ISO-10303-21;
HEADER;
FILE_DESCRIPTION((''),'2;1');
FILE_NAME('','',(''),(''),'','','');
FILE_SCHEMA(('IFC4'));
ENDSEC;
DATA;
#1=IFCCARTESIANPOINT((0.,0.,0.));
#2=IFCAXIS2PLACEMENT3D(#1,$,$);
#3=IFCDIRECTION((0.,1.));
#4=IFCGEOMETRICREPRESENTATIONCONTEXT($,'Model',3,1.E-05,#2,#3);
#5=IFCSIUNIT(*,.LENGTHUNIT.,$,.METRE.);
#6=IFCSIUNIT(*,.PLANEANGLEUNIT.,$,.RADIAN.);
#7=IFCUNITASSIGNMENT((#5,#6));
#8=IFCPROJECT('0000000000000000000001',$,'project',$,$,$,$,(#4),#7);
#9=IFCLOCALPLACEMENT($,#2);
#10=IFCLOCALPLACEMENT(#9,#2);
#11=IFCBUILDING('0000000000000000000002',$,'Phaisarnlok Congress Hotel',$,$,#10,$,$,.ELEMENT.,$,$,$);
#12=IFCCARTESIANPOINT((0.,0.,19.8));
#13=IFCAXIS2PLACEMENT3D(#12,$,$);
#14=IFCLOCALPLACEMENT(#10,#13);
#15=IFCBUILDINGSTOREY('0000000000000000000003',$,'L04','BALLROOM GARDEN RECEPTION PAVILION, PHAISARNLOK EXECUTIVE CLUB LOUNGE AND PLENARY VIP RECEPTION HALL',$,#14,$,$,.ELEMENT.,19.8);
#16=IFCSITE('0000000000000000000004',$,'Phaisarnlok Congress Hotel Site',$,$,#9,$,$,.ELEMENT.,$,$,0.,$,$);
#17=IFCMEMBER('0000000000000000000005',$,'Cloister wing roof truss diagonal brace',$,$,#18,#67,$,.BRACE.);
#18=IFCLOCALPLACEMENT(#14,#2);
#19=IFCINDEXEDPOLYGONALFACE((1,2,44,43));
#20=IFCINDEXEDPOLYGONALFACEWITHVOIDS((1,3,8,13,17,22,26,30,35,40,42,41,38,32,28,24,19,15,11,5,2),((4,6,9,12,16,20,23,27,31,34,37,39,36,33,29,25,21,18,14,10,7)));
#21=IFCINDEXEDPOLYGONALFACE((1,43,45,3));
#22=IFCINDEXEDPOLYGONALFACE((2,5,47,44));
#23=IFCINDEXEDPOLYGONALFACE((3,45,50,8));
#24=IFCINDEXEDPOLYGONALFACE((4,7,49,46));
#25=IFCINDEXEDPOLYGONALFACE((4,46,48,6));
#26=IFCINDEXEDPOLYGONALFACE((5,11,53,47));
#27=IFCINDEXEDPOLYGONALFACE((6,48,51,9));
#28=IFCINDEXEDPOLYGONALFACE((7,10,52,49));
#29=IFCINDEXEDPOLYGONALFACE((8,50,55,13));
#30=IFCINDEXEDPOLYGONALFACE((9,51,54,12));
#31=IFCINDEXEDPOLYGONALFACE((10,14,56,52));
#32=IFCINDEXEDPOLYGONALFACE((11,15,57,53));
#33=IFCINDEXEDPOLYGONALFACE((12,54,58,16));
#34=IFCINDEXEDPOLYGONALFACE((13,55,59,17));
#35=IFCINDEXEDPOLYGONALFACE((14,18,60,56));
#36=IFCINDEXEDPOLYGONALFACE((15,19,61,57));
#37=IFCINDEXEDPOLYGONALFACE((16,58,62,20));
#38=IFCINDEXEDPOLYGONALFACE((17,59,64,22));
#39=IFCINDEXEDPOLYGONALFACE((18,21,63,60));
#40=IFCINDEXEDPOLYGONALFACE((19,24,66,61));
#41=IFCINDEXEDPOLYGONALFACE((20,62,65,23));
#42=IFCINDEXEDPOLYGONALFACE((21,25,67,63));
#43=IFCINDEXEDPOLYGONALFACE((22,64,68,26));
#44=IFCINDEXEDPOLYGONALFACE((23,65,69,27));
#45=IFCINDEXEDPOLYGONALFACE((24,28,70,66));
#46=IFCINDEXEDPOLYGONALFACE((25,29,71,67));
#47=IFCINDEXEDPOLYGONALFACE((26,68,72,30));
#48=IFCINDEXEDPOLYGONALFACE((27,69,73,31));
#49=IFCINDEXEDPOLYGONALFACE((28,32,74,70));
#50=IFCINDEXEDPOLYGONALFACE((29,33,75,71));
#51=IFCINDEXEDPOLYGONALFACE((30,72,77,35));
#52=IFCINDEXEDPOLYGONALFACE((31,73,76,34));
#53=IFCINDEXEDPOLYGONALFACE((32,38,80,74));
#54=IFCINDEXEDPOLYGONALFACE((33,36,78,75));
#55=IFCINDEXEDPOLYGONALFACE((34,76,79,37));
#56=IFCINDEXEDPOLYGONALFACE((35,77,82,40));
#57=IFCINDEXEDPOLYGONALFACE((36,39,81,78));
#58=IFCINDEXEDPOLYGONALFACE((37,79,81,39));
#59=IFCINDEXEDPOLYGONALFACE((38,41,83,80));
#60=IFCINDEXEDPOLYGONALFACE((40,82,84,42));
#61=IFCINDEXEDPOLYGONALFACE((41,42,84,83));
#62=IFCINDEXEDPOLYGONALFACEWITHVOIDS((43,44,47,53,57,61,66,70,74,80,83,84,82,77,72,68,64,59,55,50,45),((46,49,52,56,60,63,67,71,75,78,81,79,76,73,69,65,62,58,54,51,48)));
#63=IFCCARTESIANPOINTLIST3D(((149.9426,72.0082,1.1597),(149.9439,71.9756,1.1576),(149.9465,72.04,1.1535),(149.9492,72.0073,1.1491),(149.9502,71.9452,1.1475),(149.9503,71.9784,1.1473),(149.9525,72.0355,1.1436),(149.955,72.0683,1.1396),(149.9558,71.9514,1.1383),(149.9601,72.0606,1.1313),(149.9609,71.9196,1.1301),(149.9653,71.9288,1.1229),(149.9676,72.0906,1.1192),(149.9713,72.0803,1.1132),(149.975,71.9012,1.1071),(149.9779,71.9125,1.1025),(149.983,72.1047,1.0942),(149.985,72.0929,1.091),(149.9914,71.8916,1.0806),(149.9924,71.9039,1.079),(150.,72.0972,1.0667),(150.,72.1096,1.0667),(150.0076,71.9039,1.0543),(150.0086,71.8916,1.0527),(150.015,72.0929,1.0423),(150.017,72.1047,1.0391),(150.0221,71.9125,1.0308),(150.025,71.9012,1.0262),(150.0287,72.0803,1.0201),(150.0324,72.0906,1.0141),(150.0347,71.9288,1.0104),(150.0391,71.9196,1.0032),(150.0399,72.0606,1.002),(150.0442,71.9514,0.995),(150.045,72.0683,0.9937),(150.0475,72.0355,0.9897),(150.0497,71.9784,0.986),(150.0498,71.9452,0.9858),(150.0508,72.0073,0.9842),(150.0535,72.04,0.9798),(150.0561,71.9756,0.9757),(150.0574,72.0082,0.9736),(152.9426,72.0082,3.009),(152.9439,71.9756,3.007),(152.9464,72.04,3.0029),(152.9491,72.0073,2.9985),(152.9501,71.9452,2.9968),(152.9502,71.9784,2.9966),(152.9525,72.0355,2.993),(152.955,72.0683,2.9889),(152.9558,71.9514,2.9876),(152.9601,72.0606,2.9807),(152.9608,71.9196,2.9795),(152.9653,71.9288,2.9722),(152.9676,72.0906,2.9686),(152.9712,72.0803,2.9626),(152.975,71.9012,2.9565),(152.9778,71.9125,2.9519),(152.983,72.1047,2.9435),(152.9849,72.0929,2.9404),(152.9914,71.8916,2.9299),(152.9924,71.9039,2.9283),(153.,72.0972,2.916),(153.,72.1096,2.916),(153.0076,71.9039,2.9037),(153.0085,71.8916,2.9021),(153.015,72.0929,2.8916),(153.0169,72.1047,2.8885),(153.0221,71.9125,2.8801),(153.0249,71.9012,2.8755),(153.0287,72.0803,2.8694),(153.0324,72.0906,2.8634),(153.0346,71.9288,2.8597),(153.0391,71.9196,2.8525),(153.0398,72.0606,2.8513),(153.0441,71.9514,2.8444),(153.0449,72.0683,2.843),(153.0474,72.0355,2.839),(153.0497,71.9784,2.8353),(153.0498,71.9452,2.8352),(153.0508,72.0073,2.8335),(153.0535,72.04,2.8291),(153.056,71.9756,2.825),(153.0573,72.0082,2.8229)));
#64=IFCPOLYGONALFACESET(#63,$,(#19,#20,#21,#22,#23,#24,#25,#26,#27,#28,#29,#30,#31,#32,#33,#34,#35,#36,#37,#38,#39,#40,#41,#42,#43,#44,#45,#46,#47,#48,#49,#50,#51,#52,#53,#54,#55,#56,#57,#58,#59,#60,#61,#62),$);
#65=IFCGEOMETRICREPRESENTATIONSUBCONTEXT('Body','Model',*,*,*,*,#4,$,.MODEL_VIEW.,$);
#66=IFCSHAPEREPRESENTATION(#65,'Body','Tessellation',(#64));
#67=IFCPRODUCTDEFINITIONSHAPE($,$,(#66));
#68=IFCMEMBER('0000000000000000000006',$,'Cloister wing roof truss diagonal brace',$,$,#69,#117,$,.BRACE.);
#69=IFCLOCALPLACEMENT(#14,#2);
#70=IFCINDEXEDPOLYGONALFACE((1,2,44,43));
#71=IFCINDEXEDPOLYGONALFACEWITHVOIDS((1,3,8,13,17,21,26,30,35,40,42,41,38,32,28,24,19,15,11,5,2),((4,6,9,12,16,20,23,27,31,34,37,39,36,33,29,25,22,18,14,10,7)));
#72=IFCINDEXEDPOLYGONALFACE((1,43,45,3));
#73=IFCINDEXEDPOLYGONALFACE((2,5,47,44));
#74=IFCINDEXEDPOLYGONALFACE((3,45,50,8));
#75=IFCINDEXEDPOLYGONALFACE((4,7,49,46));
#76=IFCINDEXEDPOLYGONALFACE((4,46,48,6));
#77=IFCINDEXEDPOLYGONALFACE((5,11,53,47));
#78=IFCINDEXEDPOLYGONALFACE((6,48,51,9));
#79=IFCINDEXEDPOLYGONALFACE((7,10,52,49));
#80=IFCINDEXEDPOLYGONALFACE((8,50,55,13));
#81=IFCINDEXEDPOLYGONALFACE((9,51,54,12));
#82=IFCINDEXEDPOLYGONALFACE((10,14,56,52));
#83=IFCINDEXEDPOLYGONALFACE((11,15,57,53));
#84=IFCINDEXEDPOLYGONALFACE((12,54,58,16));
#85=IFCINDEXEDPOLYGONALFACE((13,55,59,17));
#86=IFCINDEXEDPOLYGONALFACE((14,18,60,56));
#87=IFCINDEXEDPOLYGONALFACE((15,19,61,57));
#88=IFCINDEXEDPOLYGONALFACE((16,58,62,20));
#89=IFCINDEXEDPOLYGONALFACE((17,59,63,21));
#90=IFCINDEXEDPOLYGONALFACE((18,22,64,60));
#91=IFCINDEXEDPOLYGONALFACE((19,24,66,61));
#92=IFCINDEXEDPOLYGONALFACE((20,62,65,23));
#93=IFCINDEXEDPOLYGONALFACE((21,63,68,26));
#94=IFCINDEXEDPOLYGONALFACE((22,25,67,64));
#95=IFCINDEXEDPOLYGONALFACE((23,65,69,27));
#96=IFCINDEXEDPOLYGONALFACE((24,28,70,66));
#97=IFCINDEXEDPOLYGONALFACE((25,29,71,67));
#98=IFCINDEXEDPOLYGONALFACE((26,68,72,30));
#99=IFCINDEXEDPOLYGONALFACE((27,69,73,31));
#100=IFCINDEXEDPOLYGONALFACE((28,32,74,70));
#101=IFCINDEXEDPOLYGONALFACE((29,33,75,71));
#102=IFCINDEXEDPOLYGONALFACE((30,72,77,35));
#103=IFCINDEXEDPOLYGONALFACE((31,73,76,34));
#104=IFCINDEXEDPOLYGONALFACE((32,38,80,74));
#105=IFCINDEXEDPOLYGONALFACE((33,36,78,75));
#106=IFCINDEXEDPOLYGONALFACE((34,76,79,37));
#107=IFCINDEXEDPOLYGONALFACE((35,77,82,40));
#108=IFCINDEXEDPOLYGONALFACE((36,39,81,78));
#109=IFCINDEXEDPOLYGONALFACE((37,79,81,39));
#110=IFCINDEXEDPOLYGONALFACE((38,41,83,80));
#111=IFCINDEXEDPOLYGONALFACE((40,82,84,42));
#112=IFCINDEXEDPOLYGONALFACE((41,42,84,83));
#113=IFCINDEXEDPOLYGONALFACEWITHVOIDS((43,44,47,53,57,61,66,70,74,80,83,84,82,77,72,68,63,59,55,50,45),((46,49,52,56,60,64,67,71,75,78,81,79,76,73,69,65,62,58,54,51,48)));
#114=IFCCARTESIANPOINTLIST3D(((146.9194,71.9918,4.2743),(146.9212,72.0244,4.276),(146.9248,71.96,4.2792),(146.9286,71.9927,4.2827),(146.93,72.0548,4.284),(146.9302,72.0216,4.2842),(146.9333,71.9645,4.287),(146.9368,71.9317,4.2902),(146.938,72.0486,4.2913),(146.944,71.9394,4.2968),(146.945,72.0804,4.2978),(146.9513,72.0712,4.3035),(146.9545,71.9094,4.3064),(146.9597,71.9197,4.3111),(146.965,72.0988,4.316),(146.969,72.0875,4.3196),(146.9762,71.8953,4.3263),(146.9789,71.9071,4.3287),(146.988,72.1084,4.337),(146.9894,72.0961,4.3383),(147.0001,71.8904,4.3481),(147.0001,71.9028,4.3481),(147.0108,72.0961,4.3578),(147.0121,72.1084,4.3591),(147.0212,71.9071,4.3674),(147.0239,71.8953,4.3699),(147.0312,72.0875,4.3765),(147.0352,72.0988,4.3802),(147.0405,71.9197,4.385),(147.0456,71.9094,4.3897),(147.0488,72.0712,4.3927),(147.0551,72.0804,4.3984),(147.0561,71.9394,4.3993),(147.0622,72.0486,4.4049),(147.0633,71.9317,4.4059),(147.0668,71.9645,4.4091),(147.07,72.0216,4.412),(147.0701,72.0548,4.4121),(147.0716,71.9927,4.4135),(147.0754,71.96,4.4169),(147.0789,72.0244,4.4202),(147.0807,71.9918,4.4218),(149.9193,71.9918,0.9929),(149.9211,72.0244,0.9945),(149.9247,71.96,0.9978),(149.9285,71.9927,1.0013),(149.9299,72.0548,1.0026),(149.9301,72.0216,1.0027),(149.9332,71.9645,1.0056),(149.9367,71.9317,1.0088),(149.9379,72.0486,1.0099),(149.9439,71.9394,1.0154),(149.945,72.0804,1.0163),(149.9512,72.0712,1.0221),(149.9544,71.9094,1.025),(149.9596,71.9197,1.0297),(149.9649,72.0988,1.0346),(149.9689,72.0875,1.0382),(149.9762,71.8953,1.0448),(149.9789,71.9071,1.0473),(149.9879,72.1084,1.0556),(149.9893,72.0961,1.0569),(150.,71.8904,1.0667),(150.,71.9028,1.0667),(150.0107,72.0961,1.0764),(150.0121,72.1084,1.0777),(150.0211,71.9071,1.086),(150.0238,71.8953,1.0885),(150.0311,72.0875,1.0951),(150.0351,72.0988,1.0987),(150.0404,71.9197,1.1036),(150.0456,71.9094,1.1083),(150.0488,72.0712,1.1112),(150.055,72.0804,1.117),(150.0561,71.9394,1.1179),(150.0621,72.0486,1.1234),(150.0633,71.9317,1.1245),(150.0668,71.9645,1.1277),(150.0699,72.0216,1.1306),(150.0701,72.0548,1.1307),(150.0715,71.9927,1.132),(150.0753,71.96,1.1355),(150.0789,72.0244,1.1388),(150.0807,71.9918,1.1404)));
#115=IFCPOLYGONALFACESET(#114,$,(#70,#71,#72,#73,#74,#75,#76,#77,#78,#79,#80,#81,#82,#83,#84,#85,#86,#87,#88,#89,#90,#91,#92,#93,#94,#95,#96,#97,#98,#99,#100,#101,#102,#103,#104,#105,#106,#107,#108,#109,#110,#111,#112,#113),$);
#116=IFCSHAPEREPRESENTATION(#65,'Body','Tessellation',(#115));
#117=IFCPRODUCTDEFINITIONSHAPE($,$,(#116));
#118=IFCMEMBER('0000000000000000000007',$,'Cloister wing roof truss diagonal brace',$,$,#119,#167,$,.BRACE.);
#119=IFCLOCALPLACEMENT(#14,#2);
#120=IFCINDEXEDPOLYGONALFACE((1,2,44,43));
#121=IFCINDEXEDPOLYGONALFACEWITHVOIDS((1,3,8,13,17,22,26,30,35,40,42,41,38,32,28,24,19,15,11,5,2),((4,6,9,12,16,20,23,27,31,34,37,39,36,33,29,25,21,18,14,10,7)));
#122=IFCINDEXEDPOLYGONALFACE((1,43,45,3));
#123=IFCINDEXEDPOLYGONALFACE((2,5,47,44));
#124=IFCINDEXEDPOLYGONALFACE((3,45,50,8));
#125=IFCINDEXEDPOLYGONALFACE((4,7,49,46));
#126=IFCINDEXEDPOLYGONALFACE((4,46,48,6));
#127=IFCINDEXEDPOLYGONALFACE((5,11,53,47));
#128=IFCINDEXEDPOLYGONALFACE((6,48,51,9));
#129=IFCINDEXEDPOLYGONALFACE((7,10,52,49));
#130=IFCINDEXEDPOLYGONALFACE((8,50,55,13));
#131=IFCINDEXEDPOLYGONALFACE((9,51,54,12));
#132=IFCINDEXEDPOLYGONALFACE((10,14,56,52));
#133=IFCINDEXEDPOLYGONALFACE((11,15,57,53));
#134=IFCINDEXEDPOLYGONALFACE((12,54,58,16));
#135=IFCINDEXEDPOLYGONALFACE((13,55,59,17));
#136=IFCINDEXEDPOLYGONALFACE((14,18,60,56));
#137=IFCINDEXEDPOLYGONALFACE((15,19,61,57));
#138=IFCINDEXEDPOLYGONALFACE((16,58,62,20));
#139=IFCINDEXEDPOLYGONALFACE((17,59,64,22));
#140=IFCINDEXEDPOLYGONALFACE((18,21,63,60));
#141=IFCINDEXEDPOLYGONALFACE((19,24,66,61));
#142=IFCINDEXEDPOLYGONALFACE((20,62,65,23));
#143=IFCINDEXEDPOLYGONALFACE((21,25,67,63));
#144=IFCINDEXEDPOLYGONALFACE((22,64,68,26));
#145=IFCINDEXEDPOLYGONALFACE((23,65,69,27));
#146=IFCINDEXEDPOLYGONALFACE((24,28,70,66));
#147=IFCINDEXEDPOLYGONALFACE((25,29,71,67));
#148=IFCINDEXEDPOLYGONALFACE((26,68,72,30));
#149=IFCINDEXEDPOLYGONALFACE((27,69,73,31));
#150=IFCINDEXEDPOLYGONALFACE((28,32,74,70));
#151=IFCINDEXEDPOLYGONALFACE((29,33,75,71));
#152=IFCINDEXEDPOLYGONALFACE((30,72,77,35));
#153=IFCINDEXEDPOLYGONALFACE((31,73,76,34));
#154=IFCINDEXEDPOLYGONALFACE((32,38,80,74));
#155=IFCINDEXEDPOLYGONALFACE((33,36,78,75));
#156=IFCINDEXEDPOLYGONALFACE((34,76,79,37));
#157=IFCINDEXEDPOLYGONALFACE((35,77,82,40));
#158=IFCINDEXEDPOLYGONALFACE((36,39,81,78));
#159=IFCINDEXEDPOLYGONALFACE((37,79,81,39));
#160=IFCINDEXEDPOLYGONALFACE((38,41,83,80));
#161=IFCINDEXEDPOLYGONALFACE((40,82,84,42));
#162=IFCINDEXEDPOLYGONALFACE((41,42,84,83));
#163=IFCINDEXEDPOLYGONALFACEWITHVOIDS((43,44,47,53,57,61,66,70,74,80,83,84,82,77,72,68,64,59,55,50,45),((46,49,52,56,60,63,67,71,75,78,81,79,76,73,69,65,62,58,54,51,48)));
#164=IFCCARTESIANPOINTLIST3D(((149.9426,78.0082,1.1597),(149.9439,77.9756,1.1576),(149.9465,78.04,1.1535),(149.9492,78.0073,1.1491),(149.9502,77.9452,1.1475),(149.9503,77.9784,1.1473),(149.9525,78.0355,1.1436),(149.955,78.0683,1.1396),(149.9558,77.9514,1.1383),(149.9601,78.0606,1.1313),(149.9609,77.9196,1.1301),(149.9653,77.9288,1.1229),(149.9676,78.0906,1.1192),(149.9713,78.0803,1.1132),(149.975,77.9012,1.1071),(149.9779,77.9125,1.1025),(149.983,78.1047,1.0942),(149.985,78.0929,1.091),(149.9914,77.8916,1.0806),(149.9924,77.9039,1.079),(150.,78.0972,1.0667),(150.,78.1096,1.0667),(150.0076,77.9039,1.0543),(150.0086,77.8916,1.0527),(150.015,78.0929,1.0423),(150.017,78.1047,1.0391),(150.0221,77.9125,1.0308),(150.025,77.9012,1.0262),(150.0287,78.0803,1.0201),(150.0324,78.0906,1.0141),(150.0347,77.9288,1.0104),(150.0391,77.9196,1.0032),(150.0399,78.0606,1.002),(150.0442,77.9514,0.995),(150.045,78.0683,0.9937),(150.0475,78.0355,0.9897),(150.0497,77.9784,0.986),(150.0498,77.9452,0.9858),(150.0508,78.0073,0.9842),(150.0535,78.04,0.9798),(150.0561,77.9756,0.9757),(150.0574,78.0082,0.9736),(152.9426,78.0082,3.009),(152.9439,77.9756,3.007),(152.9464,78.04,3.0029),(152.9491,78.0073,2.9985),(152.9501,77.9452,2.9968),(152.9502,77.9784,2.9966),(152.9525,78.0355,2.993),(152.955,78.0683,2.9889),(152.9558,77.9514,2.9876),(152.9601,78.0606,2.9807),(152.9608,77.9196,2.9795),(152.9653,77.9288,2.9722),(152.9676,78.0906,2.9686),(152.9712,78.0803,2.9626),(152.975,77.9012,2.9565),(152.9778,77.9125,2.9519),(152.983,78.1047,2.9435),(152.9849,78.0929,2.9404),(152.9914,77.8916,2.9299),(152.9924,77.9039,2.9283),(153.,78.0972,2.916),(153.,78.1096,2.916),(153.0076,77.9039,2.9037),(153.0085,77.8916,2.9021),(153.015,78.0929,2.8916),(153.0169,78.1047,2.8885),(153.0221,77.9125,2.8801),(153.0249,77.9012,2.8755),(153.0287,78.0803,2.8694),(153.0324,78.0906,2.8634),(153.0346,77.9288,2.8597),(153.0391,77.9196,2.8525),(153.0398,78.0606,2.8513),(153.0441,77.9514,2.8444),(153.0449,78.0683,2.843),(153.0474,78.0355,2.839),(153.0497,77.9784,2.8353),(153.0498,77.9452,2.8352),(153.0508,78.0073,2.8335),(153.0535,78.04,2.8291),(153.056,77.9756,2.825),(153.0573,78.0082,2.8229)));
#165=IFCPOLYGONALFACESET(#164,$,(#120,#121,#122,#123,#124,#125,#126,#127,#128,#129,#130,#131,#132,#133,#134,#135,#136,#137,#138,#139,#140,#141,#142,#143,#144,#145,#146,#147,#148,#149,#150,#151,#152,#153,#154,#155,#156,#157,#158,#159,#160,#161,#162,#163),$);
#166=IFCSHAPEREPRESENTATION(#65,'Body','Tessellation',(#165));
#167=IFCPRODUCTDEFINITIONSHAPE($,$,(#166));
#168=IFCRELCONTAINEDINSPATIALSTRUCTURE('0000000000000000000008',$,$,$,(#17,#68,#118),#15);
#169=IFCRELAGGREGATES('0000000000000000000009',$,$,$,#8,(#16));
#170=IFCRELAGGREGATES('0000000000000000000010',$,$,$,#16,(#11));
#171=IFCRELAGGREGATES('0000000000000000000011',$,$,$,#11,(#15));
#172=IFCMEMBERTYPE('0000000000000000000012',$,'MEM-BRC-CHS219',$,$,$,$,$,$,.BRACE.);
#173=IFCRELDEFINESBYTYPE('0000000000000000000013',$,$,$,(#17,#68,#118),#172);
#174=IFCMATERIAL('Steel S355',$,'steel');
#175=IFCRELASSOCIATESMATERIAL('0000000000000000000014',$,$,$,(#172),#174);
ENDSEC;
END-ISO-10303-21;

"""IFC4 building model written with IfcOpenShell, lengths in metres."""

from ifc_helpers import new_model, si_unit, direction, frame, origin, origin_2d, place, context, subcontext, project, spatial, hollow_circle, extrude, material, material_profile, profile_set, type_object, element, save


model = new_model("IFC4")

# Units and contexts
model_context = context("Model", 3, precision=1e-05, world=origin(), true_north=direction((0.0, 1.0)))
body_context = subcontext(model_context, "Body", "Model", "MODEL_VIEW")
ifc_project = project(units=[si_unit("LENGTHUNIT", "METRE"), si_unit("PLANEANGLEUNIT", "RADIAN")], contexts=[model_context])

# Site, building, storey
site_placement = place(None, origin())
site = spatial("IfcSite", under=ifc_project, at=site_placement, Name="Phaisarnlok Congress Hotel Site", CompositionType="ELEMENT", RefElevation=0.0)
building_placement = place(site_placement, origin())
building = spatial("IfcBuilding", under=site, at=building_placement, Name="Phaisarnlok Congress Hotel", CompositionType="ELEMENT")
storey_placement = place(building_placement, frame((0.0, 0.0, 19.8)))
storey = spatial("IfcBuildingStorey", under=building, at=storey_placement, Name="L04", Description="BALLROOM GARDEN RECEPTION PAVILION, PHAISARNLOK EXECUTIVE CLUB LOUNGE AND PLENARY VIP RECEPTION HALL", CompositionType="ELEMENT", Elevation=19.8)

# Shared definitions
ifc_material = material(Name="Steel S355", Category="steel")

# Members
ifc_material_profile_1 = material_profile(ifc_material, hollow_circle(Radius=0.1096, WallThickness=0.0125, at=origin_2d()), Name="CHS 219.1x12.5")
ifc_profile_set_1 = profile_set([ifc_material_profile_1], Name="Steel S355")
member_type_1 = type_object("IfcMemberType", Name="MEM-BRC-CHS219", PredefinedType="BRACE", material=ifc_profile_set_1)
member_1_placement = place(storey_placement, frame((150.0, 72.0, 1.0667), z_axis=(0.851251, 0.0, 0.524758), x_axis=(0.0, 1.0, 0.0)))
element("IfcMember", 1, at=member_1_placement, inside=storey, type_object=member_type_1, Name="Cloister wing roof truss diagonal brace", PredefinedType="BRACE", context=body_context, shape_type="SweptSolid", body=[
    extrude(hollow_circle(Radius=0.1096, WallThickness=0.0125, at=origin_2d()), origin(), (0.0, 0.0, 1.0), 3.5242),
])
member_2_placement = place(storey_placement, frame((150.0, 72.0, 1.0667), z_axis=(-0.674742, 0.0, 0.738054), x_axis=(0.0, -1.0, 0.0)))
element("IfcMember", 2, at=member_2_placement, inside=storey, type_object=member_type_1, Name="Cloister wing roof truss diagonal brace", PredefinedType="BRACE", context=body_context, shape_type="SweptSolid", body=[
    extrude(hollow_circle(Radius=0.1096, WallThickness=0.0125, at=origin_2d()), origin(), (0.0, 0.0, 1.0), 4.446),
])
member_3_placement = place(storey_placement, frame((150.0, 78.0, 1.0667), z_axis=(0.851251, 0.0, 0.524758), x_axis=(0.0, 1.0, 0.0)))
element("IfcMember", 3, at=member_3_placement, inside=storey, type_object=member_type_1, Name="Cloister wing roof truss diagonal brace", PredefinedType="BRACE", context=body_context, shape_type="SweptSolid", body=[
    extrude(hollow_circle(Radius=0.1096, WallThickness=0.0125, at=origin_2d()), origin(), (0.0, 0.0, 1.0), 3.5242),
])

save(model, "model.ifc")
